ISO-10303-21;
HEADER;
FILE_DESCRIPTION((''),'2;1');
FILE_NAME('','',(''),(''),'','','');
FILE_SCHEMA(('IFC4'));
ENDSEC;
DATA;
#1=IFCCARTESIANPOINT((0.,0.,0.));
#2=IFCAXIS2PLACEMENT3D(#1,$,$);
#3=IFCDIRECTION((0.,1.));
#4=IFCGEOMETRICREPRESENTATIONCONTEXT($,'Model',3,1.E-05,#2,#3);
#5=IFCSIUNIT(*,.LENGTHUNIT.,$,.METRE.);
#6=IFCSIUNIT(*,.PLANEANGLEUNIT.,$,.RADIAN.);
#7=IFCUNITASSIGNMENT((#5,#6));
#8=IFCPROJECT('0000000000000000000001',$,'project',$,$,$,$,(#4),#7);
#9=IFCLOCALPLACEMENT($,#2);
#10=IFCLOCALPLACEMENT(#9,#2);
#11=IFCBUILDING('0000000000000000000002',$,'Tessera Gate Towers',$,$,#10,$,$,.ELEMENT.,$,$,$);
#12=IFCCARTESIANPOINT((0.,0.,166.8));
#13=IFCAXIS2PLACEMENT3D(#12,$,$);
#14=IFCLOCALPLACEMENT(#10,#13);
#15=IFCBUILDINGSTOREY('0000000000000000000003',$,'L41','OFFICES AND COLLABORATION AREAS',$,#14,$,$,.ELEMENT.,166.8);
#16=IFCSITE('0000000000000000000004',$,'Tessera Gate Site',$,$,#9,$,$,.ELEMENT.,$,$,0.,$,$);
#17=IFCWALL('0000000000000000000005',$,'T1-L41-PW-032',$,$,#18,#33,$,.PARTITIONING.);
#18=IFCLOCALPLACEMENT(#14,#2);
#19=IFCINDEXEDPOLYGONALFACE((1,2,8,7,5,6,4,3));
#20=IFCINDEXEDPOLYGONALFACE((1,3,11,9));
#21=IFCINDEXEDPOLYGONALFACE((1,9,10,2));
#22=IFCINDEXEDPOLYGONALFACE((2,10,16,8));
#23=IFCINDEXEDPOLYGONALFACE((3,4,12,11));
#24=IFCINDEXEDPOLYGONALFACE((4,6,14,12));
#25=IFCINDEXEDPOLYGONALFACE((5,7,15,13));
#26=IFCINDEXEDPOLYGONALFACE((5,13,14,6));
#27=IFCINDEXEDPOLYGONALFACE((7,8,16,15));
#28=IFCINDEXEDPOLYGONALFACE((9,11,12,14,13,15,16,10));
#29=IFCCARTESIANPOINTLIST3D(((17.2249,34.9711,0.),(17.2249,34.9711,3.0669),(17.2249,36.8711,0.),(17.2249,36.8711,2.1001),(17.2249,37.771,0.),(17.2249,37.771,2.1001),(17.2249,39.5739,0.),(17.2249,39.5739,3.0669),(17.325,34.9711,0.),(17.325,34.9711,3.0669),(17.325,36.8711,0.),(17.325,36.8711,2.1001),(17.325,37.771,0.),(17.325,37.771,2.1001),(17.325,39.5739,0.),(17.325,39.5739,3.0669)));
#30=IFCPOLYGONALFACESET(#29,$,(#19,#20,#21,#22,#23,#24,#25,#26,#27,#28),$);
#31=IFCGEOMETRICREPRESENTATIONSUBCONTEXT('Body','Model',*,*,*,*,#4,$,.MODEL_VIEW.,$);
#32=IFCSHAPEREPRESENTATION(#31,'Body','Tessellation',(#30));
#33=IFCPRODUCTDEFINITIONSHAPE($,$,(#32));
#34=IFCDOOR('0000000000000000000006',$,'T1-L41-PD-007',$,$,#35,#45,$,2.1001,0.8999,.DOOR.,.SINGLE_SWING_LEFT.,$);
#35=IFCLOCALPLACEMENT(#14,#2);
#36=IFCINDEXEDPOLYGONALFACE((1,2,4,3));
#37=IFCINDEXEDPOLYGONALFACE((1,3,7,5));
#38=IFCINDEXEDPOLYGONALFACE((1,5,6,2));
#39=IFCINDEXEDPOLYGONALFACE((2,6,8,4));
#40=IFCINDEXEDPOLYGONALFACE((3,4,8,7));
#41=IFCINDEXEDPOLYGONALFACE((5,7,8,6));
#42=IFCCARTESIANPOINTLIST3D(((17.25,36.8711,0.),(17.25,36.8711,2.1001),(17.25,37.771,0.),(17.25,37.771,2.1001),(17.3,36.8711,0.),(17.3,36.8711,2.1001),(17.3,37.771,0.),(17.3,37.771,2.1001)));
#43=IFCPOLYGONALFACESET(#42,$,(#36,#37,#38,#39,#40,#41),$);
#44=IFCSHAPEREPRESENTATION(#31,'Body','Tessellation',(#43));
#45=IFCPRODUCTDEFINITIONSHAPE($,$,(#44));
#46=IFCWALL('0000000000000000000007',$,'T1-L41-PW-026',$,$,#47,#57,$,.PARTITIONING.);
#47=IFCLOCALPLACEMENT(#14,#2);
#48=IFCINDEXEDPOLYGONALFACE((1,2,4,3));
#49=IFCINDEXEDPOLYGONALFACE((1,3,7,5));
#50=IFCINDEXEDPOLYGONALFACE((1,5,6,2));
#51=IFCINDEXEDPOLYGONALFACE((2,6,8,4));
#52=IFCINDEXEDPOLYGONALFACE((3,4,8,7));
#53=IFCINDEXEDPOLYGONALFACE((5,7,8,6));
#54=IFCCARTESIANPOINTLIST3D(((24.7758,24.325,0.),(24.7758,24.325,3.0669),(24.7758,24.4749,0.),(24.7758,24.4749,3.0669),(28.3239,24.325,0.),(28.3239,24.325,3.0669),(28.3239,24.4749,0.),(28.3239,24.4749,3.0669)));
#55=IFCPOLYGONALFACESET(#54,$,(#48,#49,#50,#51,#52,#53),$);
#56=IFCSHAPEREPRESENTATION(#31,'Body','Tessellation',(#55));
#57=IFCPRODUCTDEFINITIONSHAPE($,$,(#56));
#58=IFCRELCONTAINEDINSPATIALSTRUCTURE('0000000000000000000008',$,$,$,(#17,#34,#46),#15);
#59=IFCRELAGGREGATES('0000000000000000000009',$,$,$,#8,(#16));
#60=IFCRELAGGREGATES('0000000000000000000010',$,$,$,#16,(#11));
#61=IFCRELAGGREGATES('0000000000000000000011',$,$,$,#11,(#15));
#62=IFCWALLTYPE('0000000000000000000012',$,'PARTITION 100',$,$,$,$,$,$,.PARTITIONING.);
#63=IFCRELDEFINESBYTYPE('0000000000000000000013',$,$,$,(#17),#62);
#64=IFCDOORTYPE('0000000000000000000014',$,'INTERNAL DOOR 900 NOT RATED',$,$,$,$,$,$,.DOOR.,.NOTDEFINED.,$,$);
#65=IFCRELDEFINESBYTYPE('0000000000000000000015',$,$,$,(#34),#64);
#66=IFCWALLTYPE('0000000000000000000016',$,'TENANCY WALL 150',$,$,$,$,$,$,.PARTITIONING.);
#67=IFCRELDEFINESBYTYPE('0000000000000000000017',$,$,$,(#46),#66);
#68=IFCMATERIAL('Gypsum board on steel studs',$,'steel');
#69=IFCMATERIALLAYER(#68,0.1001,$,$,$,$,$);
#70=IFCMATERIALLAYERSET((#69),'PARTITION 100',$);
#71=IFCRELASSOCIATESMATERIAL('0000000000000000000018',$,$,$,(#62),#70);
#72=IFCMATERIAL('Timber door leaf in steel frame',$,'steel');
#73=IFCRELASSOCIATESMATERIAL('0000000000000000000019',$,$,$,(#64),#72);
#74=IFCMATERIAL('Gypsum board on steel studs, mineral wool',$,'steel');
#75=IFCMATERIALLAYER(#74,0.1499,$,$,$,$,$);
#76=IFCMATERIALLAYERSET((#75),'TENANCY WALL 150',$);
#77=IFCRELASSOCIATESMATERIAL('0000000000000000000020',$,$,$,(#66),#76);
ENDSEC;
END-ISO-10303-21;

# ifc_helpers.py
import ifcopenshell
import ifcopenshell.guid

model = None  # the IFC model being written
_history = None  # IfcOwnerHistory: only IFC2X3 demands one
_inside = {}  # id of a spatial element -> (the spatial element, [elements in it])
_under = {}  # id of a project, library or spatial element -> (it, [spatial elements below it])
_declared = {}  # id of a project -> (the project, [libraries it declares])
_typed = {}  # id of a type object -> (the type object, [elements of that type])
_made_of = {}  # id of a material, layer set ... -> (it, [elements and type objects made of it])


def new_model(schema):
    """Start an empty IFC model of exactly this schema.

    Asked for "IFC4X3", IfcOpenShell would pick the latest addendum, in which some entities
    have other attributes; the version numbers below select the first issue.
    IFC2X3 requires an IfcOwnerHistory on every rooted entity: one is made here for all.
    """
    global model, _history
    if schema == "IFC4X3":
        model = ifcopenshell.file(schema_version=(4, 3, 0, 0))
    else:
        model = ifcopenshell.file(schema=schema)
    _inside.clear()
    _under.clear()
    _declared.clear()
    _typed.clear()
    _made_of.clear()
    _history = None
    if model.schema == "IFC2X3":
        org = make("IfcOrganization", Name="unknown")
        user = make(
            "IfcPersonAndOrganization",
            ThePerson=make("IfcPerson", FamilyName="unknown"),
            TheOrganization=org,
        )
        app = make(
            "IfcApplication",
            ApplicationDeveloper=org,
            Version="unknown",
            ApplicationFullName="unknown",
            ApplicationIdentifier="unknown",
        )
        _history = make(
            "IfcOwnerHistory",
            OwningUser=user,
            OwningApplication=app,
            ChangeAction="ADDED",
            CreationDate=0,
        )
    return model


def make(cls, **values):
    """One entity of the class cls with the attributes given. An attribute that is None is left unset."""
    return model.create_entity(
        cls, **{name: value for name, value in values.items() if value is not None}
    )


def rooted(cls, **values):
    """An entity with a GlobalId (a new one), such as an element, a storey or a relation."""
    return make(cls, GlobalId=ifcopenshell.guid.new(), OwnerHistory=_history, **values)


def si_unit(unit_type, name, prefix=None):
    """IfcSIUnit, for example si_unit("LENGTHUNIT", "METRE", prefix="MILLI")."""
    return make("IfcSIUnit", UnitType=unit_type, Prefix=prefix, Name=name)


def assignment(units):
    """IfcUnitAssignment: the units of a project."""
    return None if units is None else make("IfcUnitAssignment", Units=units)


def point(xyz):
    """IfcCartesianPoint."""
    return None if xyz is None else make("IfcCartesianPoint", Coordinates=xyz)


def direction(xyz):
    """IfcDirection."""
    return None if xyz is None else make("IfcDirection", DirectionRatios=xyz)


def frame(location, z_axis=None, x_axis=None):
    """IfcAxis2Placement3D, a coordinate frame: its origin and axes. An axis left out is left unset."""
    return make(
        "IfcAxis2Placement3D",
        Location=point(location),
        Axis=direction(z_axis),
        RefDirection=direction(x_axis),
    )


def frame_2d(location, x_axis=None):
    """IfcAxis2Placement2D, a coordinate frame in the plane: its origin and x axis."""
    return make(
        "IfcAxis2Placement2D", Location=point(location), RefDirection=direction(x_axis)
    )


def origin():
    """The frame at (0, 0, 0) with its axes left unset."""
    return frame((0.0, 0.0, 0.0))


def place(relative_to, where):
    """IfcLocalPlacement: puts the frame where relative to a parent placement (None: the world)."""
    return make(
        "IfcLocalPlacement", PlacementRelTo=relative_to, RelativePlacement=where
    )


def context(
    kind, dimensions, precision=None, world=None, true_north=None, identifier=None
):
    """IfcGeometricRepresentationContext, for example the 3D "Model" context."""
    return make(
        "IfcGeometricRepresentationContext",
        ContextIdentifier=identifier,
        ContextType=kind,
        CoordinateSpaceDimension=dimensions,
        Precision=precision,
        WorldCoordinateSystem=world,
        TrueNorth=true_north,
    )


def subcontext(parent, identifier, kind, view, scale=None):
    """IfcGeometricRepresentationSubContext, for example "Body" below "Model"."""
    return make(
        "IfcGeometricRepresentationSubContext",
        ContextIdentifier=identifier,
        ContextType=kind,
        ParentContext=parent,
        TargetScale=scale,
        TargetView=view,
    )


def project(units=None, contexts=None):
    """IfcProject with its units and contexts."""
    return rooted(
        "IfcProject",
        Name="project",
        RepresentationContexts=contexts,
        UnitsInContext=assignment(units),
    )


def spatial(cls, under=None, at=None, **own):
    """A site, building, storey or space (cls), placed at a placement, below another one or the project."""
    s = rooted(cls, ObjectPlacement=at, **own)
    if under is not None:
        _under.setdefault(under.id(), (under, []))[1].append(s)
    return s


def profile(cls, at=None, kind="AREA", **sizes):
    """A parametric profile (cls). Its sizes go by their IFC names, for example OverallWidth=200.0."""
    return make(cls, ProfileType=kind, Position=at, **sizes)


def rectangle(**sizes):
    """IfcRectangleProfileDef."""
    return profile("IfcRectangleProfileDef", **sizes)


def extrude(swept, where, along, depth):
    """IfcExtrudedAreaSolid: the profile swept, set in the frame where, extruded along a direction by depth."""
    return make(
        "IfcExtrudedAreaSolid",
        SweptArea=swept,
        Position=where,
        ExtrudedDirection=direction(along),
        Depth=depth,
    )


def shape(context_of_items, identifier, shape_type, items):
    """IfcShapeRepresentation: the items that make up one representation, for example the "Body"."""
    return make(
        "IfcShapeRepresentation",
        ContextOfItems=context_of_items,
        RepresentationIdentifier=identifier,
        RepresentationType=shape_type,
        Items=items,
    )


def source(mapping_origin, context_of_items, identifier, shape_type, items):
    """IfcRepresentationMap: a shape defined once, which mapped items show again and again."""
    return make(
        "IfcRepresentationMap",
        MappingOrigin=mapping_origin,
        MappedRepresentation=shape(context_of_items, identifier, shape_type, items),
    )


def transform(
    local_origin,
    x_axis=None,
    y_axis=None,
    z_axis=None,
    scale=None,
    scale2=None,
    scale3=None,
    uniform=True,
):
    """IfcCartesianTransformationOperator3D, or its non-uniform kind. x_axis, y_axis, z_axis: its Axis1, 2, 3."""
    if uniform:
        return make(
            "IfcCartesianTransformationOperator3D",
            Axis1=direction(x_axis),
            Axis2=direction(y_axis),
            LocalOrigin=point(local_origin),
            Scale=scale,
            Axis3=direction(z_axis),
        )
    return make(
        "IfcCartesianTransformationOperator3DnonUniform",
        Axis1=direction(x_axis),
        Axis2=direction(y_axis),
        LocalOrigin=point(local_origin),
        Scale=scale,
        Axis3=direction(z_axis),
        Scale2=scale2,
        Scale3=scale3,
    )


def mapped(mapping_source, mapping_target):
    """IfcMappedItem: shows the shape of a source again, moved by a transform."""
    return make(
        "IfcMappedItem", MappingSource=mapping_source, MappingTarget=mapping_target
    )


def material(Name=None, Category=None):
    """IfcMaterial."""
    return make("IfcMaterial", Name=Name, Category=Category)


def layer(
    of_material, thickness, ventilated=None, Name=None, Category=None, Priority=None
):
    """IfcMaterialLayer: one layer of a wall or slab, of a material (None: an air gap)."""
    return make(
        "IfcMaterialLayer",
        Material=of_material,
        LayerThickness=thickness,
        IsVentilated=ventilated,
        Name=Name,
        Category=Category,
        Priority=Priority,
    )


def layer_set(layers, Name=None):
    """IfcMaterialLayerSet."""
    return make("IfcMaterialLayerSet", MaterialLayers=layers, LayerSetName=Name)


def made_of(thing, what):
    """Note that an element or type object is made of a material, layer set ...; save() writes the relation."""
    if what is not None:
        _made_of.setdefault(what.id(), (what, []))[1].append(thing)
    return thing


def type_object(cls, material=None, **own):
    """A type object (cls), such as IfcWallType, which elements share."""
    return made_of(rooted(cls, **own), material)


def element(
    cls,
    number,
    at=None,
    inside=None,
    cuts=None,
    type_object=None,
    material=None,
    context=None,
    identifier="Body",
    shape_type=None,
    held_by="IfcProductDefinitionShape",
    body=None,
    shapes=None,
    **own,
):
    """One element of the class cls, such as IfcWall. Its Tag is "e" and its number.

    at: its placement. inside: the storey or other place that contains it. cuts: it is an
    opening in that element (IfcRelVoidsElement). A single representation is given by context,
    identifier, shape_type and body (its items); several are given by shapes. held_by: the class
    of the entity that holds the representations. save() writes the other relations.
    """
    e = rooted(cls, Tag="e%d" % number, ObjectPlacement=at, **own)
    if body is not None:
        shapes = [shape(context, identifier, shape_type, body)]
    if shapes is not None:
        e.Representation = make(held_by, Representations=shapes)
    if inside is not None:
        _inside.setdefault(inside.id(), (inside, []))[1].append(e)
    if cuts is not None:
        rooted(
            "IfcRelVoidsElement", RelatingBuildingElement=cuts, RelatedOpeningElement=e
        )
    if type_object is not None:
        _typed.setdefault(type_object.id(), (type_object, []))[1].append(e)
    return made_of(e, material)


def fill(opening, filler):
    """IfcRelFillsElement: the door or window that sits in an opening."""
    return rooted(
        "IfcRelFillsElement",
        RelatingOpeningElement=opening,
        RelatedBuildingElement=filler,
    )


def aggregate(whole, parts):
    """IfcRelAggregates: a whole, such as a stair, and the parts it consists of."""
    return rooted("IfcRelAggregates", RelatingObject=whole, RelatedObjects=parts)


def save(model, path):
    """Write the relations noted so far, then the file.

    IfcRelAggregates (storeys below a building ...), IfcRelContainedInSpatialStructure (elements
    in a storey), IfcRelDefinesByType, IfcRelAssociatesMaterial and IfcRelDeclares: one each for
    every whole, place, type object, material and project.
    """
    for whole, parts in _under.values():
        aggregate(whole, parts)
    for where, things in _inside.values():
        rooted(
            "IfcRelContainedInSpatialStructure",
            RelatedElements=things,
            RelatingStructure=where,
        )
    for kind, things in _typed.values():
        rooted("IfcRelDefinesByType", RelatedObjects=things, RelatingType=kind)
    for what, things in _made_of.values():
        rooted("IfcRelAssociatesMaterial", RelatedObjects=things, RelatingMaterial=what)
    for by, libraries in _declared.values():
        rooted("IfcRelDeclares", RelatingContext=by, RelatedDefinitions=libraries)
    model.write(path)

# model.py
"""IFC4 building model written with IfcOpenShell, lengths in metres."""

from ifc_helpers import new_model, si_unit, direction, frame, frame_2d, origin, place, context, subcontext, project, spatial, rectangle, extrude, source, transform, mapped, material, layer, layer_set, type_object, element, fill, save


model = new_model("IFC4")

# Units and contexts
model_context = context("Model", 3, precision=1e-05, world=origin(), true_north=direction((0.0, 1.0)))
body_context = subcontext(model_context, "Body", "Model", "MODEL_VIEW")
ifc_project = project(units=[si_unit("LENGTHUNIT", "METRE"), si_unit("PLANEANGLEUNIT", "RADIAN")], contexts=[model_context])

# Site, building, storey
site_placement = place(None, origin())
site = spatial("IfcSite", under=ifc_project, at=site_placement, Name="Tessera Gate Site", CompositionType="ELEMENT", RefElevation=0.0)
building_placement = place(site_placement, origin())
building = spatial("IfcBuilding", under=site, at=building_placement, Name="Tessera Gate Towers", CompositionType="ELEMENT")
storey_placement = place(building_placement, frame((0.0, 0.0, 166.8)))
storey = spatial("IfcBuildingStorey", under=building, at=storey_placement, Name="L41", Description="OFFICES AND COLLABORATION AREAS", CompositionType="ELEMENT", Elevation=166.8)

# Shared definitions
shared_shape_1 = source(origin(), body_context, "Body", "SweptSolid", [
    extrude(rectangle(XDim=0.8999, YDim=2.1001, at=frame_2d((0.45, 1.05))), frame((0.0, 0.0249, 0.0), z_axis=(0.0, -1.0, 0.0), x_axis=(1.0, 0.0, 0.0)), (0.0, 0.0, 1.0), 0.05),
])

# Wall, opening, door
ifc_material_1 = material(Name="Gypsum board on steel studs", Category="steel")
ifc_layer_1 = layer(ifc_material_1, 0.1001)
ifc_layer_set_1 = layer_set([ifc_layer_1], Name="PARTITION 100")
wall_type_1 = type_object("IfcWallType", Name="PARTITION 100", PredefinedType="PARTITIONING", material=ifc_layer_set_1)
wall_1_placement = place(storey_placement, frame((17.2749, 34.9712, 0.0), z_axis=(0.0, 0.0, 1.0), x_axis=(0.0, 1.0, 0.0)))
wall_1 = element("IfcWall", 1, at=wall_1_placement, inside=storey, type_object=wall_type_1, Name="T1-L41-PW-032", PredefinedType="PARTITIONING", context=body_context, shape_type="SweptSolid", body=[
    extrude(rectangle(XDim=4.6028, YDim=0.1001, at=frame_2d((2.3013, 0.0))), origin(), (0.0, 0.0, 1.0), 3.0669),
])
shared_shape_2 = source(origin(), body_context, "Body", "SweptSolid", [
    extrude(rectangle(XDim=0.8999, YDim=2.1001, at=frame_2d((0.45, 1.05))), frame((0.0, 0.0601, 0.0), z_axis=(0.0, -1.0, 0.0), x_axis=(1.0, 0.0, 0.0)), (0.0, 0.0, 1.0), 0.1201),
])
opening_1_placement = place(wall_1_placement, frame((1.8999, 0.0, 0.0)))
opening_1 = element("IfcOpeningElement", 2, at=opening_1_placement, cuts=wall_1, PredefinedType="OPENING", context=body_context, shape_type="MappedRepresentation", body=[
    mapped(shared_shape_2, transform((0.0, 0.0, 0.0), scale=1.0)),
])
ifc_material_2 = material(Name="Timber door leaf in steel frame", Category="steel")
door_type_1 = type_object("IfcDoorType", Name="INTERNAL DOOR 900 NOT RATED", OperationType="NOTDEFINED", PredefinedType="DOOR", material=ifc_material_2)
door_1_placement = place(opening_1_placement, origin())
door_1 = element("IfcDoor", 3, at=door_1_placement, inside=storey, type_object=door_type_1, Name="T1-L41-PD-007", OperationType="SINGLE_SWING_LEFT", OverallHeight=2.1001, OverallWidth=0.8999, PredefinedType="DOOR", context=body_context, shape_type="MappedRepresentation", body=[
    mapped(shared_shape_1, transform((0.0, 0.0, 0.0), scale=1.0)),
])
fill(opening_1, door_1)

# Wall
ifc_material_3 = material(Name="Gypsum board on steel studs, mineral wool", Category="steel")
ifc_layer_2 = layer(ifc_material_3, 0.1499)
ifc_layer_set_2 = layer_set([ifc_layer_2], Name="TENANCY WALL 150")
wall_type_2 = type_object("IfcWallType", Name="TENANCY WALL 150", PredefinedType="PARTITIONING", material=ifc_layer_set_2)
wall_2_placement = place(storey_placement, frame((24.7759, 24.3999, 0.0), z_axis=(0.0, 0.0, 1.0), x_axis=(1.0, 0.0, 0.0)))
element("IfcWall", 4, at=wall_2_placement, inside=storey, type_object=wall_type_2, Name="T1-L41-PW-026", PredefinedType="PARTITIONING", context=body_context, shape_type="SweptSolid", body=[
    extrude(rectangle(XDim=3.5481, YDim=0.1499, at=frame_2d((1.7739, 0.0))), origin(), (0.0, 0.0, 1.0), 3.0669),
])

save(model, "model.ifc")
